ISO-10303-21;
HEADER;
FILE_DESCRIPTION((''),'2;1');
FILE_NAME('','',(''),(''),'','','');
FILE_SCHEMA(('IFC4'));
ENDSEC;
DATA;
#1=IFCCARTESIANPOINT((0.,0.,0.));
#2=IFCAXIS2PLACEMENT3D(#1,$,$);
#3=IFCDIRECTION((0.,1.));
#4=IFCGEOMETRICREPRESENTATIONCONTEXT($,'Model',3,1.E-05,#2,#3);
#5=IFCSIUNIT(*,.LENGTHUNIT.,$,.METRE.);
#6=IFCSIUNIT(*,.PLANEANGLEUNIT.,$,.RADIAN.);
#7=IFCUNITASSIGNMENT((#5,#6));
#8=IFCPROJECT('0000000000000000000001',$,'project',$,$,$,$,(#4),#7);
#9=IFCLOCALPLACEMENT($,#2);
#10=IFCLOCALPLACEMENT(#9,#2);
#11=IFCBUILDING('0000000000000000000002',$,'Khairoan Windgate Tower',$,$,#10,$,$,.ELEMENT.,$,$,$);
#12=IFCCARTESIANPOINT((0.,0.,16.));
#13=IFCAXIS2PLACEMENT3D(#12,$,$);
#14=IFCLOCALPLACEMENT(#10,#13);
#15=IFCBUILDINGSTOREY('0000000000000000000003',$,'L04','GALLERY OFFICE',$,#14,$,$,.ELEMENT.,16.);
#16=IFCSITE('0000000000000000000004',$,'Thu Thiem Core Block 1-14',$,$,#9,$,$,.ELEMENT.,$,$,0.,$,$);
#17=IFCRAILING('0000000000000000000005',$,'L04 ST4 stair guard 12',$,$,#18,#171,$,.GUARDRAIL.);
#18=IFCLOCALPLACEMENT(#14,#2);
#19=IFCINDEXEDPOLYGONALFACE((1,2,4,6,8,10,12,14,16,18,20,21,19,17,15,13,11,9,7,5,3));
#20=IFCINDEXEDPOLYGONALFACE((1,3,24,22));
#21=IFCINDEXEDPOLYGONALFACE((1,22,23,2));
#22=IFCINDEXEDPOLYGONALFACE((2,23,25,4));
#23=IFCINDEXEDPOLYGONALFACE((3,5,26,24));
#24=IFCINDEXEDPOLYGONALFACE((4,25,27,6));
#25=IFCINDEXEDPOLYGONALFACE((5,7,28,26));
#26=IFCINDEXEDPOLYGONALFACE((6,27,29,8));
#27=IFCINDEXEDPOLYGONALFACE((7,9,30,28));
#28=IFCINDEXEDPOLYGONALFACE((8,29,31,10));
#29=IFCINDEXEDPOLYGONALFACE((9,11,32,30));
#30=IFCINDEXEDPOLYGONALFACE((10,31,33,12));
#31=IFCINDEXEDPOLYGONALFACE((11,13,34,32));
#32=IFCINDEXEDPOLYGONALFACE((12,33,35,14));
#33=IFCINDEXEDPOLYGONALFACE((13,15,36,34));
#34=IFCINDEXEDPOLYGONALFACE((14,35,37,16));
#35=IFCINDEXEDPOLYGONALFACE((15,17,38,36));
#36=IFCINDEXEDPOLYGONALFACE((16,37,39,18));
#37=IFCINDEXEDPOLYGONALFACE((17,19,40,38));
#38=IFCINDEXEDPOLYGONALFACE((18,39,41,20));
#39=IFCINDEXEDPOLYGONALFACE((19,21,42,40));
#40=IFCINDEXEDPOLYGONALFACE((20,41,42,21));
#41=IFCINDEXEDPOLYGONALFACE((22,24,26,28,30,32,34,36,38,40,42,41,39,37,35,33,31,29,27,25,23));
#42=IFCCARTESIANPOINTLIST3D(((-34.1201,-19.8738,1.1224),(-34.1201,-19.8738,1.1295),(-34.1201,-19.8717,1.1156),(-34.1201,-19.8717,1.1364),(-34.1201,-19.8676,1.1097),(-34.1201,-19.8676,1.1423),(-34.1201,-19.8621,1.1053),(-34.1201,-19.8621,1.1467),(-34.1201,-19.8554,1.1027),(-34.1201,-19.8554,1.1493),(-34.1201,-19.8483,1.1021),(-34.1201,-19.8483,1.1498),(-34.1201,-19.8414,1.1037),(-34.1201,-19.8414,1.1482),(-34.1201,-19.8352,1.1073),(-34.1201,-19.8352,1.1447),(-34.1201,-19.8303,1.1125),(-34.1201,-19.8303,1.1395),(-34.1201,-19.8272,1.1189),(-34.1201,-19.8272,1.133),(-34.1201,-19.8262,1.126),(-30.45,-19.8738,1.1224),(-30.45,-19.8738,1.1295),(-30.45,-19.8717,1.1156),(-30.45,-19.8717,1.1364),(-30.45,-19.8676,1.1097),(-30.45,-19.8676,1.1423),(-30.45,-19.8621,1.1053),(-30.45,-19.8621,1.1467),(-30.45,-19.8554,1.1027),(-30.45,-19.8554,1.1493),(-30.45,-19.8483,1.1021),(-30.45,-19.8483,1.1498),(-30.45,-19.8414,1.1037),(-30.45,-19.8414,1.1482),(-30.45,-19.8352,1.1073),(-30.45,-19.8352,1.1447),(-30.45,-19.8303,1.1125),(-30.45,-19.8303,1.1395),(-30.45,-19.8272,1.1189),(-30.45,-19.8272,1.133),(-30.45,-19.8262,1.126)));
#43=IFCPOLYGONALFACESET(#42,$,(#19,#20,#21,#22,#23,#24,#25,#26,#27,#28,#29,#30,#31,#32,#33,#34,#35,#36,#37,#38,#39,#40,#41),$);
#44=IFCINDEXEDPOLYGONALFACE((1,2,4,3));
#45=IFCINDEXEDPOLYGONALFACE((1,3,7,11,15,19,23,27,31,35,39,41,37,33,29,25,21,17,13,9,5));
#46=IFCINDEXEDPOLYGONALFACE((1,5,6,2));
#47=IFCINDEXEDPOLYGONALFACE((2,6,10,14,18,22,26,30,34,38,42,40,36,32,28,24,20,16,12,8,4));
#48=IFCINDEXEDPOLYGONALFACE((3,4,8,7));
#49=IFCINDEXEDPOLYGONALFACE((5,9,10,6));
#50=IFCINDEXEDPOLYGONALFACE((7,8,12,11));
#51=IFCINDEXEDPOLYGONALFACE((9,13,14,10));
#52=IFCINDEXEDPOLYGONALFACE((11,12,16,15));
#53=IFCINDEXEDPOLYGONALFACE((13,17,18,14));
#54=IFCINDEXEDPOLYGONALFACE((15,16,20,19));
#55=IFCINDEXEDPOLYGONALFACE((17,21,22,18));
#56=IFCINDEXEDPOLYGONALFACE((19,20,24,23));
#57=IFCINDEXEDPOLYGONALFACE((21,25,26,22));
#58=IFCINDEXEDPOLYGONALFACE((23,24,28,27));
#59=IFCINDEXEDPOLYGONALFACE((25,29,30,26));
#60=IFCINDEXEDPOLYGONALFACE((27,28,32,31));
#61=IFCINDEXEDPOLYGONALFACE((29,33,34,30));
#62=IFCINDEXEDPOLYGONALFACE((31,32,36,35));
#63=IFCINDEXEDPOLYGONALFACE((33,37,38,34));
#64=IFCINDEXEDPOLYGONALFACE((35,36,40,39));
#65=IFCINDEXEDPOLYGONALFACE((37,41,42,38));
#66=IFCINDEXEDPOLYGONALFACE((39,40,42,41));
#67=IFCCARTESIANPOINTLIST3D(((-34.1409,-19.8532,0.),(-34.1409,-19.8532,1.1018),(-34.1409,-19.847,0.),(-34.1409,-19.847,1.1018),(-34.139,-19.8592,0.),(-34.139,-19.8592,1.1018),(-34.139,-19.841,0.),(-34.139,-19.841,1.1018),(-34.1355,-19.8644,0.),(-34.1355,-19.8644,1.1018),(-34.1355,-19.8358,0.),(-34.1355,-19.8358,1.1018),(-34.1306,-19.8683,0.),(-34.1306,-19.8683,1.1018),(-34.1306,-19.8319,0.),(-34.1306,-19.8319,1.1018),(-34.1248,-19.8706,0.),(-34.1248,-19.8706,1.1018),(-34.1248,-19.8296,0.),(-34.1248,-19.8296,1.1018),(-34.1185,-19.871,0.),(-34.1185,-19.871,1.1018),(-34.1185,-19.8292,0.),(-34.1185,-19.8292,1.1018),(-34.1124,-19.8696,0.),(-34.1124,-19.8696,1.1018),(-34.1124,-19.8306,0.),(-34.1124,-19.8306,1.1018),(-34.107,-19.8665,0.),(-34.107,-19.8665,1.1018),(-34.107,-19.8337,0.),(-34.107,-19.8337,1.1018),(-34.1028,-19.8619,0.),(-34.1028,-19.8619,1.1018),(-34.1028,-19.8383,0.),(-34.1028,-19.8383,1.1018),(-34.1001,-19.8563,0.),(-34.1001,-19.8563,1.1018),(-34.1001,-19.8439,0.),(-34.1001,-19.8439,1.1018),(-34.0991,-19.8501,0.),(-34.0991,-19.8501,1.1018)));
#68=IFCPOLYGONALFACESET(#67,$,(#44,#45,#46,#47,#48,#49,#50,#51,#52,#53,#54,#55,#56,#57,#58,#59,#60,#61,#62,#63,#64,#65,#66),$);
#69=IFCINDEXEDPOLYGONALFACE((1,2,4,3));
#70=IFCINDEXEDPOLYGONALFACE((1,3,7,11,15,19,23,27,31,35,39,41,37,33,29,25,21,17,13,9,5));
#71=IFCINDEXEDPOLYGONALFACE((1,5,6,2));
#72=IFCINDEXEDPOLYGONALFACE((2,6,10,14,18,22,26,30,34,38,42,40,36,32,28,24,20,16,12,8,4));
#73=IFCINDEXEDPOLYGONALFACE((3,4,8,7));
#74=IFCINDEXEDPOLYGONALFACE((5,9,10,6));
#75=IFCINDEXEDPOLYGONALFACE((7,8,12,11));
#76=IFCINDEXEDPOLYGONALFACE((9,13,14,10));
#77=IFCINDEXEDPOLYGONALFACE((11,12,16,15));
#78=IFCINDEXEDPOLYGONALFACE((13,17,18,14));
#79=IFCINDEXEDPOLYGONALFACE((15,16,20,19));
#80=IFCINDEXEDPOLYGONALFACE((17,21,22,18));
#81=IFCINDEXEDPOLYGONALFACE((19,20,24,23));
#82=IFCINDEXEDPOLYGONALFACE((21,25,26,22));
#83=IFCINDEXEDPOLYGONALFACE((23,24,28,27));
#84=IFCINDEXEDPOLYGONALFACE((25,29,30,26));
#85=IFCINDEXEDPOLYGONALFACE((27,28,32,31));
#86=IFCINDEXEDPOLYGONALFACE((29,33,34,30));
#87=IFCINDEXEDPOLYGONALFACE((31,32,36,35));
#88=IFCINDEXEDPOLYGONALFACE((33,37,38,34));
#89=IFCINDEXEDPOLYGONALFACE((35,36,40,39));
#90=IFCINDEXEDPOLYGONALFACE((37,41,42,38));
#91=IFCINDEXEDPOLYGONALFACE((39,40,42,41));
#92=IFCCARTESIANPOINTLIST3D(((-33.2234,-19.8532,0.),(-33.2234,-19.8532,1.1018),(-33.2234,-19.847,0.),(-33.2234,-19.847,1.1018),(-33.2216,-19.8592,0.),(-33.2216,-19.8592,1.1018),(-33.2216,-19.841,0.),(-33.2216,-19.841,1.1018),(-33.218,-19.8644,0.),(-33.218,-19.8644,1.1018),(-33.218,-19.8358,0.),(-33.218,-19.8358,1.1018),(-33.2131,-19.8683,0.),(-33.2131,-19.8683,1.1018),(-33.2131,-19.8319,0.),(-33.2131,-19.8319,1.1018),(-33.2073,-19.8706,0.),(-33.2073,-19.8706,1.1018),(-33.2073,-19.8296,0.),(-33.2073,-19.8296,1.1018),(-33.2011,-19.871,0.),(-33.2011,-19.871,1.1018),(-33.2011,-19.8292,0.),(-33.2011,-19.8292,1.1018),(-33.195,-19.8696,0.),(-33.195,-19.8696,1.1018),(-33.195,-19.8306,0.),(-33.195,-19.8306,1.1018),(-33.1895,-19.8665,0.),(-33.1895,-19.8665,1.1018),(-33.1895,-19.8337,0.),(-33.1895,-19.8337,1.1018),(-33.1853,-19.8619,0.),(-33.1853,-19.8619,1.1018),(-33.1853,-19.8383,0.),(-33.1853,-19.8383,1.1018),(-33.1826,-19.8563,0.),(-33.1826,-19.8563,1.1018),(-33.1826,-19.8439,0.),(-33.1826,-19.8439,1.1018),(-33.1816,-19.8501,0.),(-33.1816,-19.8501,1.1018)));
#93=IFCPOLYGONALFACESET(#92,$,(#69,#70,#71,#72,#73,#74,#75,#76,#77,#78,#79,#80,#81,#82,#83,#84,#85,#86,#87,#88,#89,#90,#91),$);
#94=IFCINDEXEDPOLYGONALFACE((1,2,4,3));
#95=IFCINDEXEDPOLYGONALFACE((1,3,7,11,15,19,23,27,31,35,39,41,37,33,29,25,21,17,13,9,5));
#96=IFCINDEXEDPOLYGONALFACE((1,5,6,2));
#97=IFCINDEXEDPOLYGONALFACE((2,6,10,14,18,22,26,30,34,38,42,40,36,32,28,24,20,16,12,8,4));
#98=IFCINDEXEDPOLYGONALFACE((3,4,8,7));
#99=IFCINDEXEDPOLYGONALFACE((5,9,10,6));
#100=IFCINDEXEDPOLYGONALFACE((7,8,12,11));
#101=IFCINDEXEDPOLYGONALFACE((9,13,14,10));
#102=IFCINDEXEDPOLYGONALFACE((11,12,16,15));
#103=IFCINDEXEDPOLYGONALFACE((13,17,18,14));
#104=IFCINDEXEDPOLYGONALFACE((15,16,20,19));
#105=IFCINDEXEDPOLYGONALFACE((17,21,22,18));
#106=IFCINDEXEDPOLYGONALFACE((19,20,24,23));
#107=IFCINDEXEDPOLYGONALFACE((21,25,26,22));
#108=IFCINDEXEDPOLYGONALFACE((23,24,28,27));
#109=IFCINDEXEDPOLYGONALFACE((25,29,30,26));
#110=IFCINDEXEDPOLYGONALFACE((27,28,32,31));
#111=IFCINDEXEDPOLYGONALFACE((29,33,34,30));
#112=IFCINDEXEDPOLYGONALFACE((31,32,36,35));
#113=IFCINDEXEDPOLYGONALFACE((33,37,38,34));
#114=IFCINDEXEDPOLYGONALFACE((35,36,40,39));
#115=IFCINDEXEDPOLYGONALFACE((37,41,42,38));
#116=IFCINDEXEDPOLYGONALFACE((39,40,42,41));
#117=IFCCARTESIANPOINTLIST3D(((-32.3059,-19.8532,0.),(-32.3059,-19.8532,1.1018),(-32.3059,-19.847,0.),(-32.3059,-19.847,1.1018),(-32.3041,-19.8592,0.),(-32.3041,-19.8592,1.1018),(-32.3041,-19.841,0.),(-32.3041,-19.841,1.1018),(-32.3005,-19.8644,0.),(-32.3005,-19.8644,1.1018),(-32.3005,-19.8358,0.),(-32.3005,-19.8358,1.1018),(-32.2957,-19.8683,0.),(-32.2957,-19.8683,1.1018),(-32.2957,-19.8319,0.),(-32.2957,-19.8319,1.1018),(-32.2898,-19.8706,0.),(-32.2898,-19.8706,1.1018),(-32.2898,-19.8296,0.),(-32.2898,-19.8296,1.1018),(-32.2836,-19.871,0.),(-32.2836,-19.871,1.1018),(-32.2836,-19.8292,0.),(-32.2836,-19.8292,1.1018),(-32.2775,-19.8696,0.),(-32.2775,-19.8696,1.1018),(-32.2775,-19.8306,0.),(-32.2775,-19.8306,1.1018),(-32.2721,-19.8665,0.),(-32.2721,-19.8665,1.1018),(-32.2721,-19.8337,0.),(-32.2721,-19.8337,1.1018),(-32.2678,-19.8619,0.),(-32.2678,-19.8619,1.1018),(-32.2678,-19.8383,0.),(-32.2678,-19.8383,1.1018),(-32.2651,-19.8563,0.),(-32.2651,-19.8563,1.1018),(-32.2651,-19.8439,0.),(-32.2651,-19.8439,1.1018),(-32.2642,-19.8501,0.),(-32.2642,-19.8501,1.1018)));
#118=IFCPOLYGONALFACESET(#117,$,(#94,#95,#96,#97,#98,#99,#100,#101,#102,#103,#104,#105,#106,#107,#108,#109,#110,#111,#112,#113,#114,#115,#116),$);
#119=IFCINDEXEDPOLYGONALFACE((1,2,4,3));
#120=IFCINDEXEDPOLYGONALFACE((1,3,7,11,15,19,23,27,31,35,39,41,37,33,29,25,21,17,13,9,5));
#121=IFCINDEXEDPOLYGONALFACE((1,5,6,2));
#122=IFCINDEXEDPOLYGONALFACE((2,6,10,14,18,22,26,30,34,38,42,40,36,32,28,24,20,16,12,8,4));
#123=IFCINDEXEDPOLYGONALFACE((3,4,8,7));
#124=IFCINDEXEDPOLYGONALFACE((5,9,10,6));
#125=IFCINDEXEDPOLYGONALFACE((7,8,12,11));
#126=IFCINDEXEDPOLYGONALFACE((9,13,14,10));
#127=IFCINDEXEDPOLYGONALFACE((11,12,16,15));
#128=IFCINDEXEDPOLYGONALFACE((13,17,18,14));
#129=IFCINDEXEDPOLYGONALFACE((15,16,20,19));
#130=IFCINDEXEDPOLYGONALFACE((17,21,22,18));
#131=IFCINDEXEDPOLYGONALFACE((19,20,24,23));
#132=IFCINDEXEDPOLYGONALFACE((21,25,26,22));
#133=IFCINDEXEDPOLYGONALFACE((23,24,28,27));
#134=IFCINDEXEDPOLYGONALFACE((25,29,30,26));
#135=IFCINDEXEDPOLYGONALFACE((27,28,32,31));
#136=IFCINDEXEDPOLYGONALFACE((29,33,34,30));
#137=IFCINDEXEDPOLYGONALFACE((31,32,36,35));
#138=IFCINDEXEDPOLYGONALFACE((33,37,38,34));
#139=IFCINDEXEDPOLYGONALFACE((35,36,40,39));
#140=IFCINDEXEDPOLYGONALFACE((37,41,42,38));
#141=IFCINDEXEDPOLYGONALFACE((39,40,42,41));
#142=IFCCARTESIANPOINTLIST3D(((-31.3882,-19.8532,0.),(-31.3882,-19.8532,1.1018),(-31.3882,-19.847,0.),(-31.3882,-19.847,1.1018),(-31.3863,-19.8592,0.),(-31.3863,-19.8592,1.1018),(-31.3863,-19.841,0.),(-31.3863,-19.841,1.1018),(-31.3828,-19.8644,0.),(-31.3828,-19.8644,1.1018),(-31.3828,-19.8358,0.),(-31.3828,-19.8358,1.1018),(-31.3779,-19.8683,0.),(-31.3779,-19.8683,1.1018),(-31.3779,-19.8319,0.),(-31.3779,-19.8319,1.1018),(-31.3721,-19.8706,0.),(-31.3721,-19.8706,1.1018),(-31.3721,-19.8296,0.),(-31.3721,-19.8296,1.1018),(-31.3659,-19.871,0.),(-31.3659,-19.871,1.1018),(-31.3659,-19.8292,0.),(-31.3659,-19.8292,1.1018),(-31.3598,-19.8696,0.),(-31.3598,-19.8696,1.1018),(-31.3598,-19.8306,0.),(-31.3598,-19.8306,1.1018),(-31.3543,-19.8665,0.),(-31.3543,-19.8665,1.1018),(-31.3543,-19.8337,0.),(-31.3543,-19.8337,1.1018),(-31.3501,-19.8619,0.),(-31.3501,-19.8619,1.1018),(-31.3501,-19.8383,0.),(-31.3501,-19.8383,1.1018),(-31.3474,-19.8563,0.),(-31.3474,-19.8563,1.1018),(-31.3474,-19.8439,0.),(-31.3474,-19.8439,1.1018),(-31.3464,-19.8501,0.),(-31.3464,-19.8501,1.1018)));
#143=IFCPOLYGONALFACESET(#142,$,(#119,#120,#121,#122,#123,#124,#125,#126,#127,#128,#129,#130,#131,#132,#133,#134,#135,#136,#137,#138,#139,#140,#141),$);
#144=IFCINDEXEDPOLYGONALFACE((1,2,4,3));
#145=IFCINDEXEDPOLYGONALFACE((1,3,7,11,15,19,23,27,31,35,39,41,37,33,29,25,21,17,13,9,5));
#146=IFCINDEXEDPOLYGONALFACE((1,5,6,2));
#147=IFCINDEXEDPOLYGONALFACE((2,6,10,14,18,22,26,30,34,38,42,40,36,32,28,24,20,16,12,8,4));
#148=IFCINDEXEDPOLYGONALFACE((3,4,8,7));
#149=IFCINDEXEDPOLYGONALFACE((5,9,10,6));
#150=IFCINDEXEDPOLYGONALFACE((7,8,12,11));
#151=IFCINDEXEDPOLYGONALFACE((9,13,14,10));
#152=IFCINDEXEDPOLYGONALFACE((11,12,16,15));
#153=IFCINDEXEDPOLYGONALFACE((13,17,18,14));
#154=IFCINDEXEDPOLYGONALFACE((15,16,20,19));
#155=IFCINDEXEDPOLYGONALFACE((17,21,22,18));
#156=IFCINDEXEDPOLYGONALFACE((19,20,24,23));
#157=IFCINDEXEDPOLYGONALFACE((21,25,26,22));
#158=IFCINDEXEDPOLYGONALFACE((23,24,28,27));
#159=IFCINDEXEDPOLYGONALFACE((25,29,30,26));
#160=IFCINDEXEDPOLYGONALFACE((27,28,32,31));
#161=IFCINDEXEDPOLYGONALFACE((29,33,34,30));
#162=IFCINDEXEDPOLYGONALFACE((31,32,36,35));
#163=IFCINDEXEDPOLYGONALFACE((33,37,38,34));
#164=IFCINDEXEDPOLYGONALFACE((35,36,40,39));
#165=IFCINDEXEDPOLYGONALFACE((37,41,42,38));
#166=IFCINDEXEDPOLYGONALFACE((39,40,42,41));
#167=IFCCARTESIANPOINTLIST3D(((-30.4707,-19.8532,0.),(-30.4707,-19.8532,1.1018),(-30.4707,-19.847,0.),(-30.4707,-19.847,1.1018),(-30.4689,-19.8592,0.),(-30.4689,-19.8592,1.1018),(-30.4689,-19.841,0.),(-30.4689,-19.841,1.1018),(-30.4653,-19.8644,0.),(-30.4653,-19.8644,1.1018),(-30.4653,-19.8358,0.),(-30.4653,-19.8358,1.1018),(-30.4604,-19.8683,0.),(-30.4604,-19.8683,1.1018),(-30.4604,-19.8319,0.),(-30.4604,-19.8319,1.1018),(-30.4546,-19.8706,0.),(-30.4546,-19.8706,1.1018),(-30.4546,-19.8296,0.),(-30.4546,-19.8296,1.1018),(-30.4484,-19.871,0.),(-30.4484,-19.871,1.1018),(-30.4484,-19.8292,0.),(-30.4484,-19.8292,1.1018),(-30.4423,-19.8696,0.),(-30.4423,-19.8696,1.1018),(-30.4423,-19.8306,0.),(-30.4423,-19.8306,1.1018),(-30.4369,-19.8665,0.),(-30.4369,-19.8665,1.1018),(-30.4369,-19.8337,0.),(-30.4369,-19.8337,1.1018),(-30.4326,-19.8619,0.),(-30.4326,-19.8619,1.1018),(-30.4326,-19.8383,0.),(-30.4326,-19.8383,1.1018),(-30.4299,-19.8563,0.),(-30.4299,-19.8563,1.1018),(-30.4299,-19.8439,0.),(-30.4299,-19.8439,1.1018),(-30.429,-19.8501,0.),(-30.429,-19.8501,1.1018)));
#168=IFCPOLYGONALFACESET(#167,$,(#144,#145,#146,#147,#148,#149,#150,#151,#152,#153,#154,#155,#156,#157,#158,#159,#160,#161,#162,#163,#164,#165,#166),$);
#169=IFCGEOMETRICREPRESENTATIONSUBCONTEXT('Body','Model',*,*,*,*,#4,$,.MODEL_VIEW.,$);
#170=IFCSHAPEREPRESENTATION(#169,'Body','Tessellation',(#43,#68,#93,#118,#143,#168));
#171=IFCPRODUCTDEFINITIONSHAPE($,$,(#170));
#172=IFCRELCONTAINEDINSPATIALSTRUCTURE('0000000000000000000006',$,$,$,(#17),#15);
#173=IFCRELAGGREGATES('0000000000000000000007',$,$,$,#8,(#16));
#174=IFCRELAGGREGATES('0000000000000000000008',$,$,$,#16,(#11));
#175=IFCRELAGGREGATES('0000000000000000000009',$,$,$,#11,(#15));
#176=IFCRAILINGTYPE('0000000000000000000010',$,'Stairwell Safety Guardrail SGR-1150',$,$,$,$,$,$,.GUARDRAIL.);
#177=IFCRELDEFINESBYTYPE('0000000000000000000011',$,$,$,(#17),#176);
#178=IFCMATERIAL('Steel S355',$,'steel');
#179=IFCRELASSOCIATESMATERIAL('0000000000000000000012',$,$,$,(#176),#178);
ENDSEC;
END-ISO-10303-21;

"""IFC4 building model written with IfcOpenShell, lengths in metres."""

from ifc_helpers import new_model, si_unit, direction, frame, origin, origin_2d, place, context, subcontext, project, spatial, circle, extrude, material, type_object, element, save


model = new_model("IFC4")

# Units and contexts
model_context = context("Model", 3, precision=1e-05, world=origin(), true_north=direction((0.0, 1.0)))
body_context = subcontext(model_context, "Body", "Model", "MODEL_VIEW")
ifc_project = project(units=[si_unit("LENGTHUNIT", "METRE"), si_unit("PLANEANGLEUNIT", "RADIAN")], contexts=[model_context])

# Site, building, storey
site_placement = place(None, origin())
site = spatial("IfcSite", under=ifc_project, at=site_placement, Name="Thu Thiem Core Block 1-14", CompositionType="ELEMENT", RefElevation=0.0)
building_placement = place(site_placement, origin())
building = spatial("IfcBuilding", under=site, at=building_placement, Name="Khairoan Windgate Tower", CompositionType="ELEMENT")
storey_placement = place(building_placement, frame((0.0, 0.0, 16.0)))
storey = spatial("IfcBuildingStorey", under=building, at=storey_placement, Name="L04", Description="GALLERY OFFICE", CompositionType="ELEMENT", Elevation=16.0)

# Railing
ifc_material_1 = material(Name="Steel S355", Category="steel")
railing_type_1 = type_object("IfcRailingType", Name="Stairwell Safety Guardrail SGR-1150", PredefinedType="GUARDRAIL", material=ifc_material_1)
railing_1_placement = place(storey_placement, frame((-34.1201, -19.8501, 0.0)))
element("IfcRailing", 1, at=railing_1_placement, inside=storey, type_object=railing_type_1, Name="L04 ST4 stair guard 12", PredefinedType="GUARDRAIL", context=body_context, shape_type="SweptSolid", body=[
    extrude(circle(Radius=0.0239, at=origin_2d()), frame((0.0, 0.0, 1.126), z_axis=(1.0, 0.0, 0.0), x_axis=(0.0, 1.0, 0.0)), (0.0, 0.0, 1.0), 3.6702),
    extrude(circle(Radius=0.021, at=origin_2d()), origin(), (0.0, 0.0, 1.0), 1.1018),
    extrude(circle(Radius=0.021, at=origin_2d()), frame((0.9175, 0.0, 0.0)), (0.0, 0.0, 1.0), 1.1018),
    extrude(circle(Radius=0.021, at=origin_2d()), frame((1.835, 0.0, 0.0)), (0.0, 0.0, 1.0), 1.1018),
    extrude(circle(Radius=0.021, at=origin_2d()), frame((2.7527, 0.0, 0.0)), (0.0, 0.0, 1.0), 1.1018),
    extrude(circle(Radius=0.021, at=origin_2d()), frame((3.6702, 0.0, 0.0)), (0.0, 0.0, 1.0), 1.1018),
])

save(model, "model.ifc")
